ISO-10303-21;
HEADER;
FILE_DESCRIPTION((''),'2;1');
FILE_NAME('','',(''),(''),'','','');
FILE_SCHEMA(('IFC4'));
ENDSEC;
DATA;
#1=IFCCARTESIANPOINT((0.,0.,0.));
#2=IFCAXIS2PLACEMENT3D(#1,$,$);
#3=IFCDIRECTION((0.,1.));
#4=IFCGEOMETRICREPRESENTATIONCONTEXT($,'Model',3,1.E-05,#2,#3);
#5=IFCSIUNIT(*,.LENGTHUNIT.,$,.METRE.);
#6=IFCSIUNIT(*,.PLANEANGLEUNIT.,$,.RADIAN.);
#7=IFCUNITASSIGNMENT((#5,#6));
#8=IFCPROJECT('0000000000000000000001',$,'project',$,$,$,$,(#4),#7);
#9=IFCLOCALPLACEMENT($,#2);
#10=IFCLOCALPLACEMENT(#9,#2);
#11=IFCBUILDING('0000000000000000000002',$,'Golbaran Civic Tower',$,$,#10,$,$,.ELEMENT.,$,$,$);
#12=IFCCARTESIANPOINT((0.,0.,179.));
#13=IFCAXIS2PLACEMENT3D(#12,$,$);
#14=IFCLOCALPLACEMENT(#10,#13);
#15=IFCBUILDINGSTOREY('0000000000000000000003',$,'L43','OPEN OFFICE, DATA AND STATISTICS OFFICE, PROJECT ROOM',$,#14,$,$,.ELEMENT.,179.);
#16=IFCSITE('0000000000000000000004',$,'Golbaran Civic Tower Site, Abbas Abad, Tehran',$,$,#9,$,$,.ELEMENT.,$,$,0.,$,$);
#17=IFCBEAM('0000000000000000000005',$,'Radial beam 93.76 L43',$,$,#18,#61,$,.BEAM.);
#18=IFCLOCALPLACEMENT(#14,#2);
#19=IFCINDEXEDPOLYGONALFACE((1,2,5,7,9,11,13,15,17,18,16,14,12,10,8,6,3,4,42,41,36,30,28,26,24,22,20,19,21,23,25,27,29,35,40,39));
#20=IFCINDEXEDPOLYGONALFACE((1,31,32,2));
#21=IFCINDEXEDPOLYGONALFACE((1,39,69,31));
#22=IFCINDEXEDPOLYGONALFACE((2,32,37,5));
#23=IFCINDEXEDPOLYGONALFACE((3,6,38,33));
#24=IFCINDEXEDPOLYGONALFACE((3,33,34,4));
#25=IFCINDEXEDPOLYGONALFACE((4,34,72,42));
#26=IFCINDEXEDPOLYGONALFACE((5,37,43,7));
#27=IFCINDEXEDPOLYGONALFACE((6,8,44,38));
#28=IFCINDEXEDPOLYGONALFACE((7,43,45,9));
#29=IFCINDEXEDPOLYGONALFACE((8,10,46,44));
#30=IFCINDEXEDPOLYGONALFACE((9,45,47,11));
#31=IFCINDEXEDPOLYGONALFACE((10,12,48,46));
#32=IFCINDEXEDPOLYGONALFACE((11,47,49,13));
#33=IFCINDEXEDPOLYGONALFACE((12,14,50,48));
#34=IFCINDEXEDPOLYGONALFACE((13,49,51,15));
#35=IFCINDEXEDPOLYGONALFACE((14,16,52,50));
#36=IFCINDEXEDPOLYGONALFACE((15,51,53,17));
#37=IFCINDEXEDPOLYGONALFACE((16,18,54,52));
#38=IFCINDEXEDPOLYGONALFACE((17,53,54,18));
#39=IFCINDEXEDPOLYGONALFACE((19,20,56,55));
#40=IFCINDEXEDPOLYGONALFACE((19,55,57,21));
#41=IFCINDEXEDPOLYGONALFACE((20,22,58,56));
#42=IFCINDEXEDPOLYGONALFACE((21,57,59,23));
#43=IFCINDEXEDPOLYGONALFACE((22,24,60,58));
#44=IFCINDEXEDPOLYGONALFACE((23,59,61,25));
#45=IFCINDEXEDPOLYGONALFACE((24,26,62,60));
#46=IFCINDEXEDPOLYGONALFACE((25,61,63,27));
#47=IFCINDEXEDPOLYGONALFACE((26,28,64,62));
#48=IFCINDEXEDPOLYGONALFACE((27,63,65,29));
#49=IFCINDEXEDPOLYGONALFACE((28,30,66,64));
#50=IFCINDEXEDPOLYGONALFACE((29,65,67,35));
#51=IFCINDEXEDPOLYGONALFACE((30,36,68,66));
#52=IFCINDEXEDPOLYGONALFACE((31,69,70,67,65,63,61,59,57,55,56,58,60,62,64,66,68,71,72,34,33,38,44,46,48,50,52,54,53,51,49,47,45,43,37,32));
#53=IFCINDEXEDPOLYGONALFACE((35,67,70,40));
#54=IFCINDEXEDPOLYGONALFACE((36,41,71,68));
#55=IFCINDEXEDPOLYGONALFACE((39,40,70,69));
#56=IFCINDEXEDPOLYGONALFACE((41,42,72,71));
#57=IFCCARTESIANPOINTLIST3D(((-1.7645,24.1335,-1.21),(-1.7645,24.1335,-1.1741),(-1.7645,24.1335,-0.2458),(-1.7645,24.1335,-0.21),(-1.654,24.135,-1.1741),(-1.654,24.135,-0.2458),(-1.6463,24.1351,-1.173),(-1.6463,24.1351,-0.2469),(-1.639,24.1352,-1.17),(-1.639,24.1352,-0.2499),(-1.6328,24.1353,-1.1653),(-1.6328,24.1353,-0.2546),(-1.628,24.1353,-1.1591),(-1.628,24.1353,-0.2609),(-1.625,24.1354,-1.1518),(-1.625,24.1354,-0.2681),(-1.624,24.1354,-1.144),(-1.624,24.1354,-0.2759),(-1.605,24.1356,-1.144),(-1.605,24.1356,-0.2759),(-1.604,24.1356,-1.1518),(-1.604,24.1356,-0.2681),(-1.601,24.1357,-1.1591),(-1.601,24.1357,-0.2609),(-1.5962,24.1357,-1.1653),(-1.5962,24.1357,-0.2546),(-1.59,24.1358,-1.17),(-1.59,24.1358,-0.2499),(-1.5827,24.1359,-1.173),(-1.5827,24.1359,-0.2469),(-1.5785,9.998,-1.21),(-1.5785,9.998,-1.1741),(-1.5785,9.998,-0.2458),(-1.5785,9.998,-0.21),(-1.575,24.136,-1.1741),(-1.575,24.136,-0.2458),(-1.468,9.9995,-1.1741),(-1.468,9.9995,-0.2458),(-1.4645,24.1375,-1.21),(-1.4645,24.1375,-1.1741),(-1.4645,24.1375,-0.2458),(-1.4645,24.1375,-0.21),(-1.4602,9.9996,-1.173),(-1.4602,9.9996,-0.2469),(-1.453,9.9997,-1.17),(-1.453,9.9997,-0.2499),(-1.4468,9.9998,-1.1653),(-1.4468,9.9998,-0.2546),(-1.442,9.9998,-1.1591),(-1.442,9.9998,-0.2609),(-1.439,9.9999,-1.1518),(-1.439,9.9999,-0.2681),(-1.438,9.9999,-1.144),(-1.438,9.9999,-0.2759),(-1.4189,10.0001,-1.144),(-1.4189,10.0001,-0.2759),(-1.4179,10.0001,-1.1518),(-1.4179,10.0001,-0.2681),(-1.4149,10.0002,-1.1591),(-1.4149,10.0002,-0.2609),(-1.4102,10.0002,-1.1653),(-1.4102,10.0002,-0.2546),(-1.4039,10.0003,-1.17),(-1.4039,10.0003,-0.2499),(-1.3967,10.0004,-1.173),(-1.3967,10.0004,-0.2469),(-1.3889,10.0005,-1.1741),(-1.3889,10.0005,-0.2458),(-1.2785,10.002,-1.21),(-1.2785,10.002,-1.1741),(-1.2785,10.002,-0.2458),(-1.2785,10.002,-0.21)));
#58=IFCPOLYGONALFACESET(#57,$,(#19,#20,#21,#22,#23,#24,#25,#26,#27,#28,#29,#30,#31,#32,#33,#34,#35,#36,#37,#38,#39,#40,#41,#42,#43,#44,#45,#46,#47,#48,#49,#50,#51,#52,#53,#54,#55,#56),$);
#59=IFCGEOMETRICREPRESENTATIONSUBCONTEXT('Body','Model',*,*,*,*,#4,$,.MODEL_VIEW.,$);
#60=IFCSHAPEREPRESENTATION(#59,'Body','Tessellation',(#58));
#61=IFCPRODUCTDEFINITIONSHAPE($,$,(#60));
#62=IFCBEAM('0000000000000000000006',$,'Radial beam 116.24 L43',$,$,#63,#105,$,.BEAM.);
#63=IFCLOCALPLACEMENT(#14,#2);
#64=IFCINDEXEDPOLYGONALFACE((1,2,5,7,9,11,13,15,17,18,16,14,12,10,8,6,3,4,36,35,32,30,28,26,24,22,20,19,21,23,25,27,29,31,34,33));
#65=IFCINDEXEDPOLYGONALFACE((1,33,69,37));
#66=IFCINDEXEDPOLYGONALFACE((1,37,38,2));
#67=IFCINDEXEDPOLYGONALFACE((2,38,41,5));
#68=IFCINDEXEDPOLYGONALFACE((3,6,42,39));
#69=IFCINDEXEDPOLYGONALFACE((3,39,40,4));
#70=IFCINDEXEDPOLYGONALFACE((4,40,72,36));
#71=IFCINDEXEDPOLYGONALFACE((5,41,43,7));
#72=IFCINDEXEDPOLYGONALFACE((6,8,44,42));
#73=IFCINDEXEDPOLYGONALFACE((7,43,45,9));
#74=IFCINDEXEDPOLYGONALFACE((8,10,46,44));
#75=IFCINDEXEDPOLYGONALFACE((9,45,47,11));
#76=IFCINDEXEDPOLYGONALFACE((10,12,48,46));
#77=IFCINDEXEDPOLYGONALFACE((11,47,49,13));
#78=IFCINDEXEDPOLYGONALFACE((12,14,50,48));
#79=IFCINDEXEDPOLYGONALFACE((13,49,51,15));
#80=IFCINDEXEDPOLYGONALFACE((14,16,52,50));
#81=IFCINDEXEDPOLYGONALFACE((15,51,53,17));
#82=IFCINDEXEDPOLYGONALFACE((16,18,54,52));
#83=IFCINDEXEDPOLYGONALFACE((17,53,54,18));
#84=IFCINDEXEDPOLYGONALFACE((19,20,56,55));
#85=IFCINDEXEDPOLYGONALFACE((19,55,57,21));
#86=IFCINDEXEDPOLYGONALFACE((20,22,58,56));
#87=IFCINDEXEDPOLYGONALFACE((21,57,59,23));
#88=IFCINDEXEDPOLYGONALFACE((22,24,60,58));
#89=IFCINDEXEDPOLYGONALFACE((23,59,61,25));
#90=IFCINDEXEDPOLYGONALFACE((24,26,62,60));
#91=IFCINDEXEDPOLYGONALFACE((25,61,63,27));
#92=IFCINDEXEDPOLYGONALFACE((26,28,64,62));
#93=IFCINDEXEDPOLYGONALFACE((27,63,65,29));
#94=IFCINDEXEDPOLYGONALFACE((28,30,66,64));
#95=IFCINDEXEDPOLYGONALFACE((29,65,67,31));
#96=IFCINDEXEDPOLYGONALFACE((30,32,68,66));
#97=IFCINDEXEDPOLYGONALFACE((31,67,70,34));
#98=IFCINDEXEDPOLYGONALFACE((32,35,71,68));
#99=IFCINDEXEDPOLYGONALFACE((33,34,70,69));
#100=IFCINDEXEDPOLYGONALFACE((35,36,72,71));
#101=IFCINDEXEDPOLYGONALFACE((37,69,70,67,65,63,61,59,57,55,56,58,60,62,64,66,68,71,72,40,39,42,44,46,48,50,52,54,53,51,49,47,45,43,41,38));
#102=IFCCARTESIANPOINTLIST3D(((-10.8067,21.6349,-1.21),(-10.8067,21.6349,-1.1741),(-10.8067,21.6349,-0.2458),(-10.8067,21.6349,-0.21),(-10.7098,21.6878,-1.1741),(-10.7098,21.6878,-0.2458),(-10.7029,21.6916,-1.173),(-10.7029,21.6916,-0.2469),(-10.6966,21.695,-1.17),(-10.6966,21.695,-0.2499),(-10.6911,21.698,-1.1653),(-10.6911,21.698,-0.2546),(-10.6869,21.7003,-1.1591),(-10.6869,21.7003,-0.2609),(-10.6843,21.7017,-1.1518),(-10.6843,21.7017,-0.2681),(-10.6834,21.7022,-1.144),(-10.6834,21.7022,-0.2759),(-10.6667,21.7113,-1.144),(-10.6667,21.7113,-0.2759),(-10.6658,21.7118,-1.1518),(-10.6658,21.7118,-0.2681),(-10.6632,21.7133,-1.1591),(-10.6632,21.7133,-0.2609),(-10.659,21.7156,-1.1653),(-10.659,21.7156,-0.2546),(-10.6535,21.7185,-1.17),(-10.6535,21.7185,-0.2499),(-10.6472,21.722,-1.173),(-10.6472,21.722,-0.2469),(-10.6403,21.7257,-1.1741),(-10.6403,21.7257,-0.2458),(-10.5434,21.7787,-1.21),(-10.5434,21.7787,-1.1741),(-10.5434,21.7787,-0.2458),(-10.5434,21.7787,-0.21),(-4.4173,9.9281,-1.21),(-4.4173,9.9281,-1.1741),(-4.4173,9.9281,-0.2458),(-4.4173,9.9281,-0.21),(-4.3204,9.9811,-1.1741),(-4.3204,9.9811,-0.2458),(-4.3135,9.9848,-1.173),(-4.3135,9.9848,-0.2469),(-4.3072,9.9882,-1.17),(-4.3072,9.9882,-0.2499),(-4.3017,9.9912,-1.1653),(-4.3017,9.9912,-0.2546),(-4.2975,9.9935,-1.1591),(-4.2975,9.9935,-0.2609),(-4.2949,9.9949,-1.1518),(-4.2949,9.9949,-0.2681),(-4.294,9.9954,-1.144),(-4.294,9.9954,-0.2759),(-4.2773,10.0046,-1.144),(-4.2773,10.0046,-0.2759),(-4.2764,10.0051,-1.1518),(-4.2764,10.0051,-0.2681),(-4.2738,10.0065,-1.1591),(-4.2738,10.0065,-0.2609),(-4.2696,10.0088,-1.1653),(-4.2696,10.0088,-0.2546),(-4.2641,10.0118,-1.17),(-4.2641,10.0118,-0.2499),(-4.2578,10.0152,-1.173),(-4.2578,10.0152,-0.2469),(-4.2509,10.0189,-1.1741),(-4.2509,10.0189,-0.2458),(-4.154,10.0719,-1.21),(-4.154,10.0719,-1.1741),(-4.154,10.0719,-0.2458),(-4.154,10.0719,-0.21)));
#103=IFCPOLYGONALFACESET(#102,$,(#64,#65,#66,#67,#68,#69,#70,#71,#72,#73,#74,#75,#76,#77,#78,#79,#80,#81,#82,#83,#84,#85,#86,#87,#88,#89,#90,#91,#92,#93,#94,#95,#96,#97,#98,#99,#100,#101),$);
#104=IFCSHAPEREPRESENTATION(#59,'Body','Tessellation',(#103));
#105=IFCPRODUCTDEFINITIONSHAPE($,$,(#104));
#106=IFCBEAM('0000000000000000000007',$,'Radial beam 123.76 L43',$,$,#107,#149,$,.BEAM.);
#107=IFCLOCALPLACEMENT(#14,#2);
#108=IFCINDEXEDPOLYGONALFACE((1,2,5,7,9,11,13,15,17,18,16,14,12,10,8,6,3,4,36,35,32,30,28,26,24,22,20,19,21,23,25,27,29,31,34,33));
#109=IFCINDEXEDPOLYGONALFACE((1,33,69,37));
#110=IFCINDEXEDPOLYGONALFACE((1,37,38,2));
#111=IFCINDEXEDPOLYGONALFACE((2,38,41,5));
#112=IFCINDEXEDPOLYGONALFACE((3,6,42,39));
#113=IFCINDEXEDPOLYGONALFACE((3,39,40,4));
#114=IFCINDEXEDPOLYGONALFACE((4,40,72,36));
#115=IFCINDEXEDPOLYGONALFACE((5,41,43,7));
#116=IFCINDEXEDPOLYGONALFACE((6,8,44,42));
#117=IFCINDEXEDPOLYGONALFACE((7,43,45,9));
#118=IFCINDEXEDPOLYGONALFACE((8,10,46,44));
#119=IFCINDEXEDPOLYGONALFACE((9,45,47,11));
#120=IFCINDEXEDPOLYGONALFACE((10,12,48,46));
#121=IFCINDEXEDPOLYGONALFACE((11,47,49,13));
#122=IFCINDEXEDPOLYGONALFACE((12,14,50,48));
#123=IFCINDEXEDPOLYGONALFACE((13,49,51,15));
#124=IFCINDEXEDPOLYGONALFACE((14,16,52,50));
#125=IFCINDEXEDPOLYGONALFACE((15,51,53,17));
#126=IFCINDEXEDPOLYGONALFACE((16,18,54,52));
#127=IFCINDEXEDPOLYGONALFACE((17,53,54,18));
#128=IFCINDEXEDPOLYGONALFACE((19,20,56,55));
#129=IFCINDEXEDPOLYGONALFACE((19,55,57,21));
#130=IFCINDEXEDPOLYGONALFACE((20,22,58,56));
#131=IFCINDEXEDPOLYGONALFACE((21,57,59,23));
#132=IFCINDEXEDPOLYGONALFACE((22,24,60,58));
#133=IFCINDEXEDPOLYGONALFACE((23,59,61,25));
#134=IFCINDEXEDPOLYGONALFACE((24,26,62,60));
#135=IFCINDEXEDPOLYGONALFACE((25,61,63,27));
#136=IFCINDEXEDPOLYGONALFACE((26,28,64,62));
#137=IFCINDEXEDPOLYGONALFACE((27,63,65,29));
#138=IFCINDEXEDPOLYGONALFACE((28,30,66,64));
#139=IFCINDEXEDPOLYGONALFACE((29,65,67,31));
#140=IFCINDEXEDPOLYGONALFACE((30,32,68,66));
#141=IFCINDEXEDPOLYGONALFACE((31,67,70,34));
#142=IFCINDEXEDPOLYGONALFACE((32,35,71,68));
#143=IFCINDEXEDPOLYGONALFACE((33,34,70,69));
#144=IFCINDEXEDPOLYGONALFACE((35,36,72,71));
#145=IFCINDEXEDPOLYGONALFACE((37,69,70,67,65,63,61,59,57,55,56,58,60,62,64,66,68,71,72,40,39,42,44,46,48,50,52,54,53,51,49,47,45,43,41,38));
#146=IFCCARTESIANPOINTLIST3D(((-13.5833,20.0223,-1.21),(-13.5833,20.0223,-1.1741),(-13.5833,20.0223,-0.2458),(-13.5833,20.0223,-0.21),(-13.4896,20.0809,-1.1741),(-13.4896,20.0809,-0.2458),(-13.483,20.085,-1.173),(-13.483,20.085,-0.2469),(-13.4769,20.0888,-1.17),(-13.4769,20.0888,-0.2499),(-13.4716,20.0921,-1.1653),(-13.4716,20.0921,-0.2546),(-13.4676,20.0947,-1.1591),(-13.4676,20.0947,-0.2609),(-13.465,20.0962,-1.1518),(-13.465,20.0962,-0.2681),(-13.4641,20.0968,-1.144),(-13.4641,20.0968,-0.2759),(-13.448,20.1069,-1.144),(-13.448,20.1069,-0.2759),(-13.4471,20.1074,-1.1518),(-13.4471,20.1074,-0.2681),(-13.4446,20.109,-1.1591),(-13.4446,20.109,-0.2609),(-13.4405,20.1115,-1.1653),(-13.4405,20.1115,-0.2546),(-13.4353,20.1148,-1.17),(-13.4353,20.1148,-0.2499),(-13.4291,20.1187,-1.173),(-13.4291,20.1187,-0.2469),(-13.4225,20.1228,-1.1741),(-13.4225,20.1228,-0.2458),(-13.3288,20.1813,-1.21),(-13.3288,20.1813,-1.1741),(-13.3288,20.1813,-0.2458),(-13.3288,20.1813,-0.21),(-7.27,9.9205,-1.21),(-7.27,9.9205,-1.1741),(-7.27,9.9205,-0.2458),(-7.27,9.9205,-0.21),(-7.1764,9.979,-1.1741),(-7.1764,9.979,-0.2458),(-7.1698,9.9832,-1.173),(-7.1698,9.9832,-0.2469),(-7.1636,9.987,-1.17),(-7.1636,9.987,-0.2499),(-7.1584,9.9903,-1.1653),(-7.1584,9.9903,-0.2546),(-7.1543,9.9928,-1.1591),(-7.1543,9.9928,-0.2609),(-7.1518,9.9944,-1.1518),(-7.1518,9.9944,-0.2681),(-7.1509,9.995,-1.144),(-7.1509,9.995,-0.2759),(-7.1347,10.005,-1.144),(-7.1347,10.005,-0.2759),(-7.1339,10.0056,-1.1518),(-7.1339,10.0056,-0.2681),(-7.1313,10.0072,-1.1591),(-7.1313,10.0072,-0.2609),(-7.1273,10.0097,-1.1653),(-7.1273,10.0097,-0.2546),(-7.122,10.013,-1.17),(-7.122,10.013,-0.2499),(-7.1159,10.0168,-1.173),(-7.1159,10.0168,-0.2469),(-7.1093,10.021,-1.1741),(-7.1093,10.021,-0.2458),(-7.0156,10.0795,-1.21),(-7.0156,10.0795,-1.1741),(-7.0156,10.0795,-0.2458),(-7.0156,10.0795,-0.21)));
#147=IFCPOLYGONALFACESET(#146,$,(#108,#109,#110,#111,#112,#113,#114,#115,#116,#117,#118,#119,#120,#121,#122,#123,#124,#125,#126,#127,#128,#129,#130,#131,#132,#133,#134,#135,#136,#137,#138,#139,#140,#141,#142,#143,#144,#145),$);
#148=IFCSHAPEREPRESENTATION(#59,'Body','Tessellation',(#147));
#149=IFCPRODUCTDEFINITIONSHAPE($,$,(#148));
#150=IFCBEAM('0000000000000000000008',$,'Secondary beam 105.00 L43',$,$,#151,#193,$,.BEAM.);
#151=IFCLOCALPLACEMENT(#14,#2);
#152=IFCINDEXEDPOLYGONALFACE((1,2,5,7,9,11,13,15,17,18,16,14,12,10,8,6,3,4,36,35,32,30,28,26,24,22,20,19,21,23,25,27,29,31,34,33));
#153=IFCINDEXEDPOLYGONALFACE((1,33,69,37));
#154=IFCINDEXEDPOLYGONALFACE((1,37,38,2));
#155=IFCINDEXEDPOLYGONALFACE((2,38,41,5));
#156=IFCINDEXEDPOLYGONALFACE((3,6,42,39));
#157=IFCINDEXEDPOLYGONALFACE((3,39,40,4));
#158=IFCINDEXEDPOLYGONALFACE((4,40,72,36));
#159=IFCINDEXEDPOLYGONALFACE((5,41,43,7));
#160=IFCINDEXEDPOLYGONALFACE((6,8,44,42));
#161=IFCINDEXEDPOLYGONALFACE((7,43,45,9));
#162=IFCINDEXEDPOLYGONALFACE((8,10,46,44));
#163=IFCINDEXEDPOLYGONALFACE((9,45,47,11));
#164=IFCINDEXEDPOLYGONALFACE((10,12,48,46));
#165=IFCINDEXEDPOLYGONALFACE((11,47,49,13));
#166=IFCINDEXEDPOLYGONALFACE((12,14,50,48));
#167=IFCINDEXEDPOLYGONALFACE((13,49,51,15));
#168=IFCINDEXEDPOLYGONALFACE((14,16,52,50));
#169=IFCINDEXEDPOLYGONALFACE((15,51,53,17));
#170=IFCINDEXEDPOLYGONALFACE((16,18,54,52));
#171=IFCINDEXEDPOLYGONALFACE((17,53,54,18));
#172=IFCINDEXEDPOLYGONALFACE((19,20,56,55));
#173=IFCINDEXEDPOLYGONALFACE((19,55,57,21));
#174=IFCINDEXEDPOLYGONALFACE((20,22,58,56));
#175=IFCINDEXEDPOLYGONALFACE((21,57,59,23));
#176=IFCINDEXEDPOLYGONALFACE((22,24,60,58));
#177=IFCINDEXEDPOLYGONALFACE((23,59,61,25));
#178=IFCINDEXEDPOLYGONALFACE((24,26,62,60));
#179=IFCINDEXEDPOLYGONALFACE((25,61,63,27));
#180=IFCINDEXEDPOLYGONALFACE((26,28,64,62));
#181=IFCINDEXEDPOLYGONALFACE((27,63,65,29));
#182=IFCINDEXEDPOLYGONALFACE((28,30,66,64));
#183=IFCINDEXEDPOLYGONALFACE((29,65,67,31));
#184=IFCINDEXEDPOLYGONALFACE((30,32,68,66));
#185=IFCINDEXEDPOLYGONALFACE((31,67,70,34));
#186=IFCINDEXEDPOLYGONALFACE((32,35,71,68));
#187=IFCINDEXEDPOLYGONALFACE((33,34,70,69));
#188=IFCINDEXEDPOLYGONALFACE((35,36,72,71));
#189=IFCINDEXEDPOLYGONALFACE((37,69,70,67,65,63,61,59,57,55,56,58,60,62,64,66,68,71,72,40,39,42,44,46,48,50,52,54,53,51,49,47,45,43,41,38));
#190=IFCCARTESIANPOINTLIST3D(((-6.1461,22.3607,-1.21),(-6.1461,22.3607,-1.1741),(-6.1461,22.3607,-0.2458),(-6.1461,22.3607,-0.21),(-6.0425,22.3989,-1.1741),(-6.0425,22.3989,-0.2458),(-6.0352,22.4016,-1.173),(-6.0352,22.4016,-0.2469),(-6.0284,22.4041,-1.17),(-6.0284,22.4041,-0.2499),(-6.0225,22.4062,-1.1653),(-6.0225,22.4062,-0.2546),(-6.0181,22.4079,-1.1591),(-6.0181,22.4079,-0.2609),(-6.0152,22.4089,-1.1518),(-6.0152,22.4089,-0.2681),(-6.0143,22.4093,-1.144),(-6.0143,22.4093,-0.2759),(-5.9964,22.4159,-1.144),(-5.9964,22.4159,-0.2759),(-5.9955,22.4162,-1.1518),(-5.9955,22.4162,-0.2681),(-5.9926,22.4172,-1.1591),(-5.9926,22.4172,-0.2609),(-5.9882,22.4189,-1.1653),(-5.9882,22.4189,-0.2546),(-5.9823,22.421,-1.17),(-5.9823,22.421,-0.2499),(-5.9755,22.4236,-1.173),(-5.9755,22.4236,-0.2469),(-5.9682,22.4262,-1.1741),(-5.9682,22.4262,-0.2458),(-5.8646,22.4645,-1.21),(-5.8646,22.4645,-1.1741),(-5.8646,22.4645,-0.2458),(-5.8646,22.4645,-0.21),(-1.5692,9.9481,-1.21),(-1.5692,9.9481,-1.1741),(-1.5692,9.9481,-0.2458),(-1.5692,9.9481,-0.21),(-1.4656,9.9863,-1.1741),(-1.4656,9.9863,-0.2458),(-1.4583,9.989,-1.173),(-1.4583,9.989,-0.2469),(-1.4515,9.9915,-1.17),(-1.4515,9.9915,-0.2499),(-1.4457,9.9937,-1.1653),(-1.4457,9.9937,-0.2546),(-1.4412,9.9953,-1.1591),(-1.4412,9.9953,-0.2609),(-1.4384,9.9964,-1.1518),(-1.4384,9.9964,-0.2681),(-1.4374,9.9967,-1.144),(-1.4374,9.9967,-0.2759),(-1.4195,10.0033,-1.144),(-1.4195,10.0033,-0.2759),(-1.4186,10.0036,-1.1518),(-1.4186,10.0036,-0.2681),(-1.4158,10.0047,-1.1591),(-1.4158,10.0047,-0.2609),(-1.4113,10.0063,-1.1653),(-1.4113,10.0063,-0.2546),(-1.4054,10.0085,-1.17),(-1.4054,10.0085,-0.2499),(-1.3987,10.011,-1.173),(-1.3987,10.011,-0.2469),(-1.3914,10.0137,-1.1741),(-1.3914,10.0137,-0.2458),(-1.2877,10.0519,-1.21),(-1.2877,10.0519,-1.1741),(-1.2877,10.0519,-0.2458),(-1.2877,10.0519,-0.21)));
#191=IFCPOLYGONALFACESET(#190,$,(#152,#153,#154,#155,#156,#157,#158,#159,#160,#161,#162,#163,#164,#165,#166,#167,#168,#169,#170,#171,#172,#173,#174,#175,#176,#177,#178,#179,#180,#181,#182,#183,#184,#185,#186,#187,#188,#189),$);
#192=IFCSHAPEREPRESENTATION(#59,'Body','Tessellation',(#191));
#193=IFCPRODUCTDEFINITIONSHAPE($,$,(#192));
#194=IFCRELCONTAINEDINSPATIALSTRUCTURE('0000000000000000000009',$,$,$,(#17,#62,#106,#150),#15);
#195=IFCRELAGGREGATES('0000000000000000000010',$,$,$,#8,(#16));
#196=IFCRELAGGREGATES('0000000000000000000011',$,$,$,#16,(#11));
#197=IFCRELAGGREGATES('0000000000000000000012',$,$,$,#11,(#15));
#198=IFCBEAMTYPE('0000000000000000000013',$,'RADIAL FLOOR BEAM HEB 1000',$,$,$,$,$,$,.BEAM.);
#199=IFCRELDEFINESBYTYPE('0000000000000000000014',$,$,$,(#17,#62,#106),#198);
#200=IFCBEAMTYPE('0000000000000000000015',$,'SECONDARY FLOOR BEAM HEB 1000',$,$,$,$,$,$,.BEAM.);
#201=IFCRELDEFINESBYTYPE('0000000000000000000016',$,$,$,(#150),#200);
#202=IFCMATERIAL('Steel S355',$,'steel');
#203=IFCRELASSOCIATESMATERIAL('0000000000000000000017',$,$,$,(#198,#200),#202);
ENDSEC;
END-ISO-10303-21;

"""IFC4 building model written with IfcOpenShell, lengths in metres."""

from ifc_helpers import new_model, si_unit, direction, frame, origin, origin_2d, place, context, subcontext, project, spatial, i_section, extrude, material, material_profile, profile_set, type_object, element, save


model = new_model("IFC4")

# Units and contexts
model_context = context("Model", 3, precision=1e-05, world=origin(), true_north=direction((0.0, 1.0)))
body_context = subcontext(model_context, "Body", "Model", "MODEL_VIEW")
ifc_project = project(units=[si_unit("LENGTHUNIT", "METRE"), si_unit("PLANEANGLEUNIT", "RADIAN")], contexts=[model_context])

# Site, building, storey
site_placement = place(None, origin())
site = spatial("IfcSite", under=ifc_project, at=site_placement, Name="Golbaran Civic Tower Site, Abbas Abad, Tehran", CompositionType="ELEMENT", RefElevation=0.0)
building_placement = place(site_placement, origin())
building = spatial("IfcBuilding", under=site, at=building_placement, Name="Golbaran Civic Tower", CompositionType="ELEMENT")
storey_placement = place(building_placement, frame((0.0, 0.0, 179.0)))
storey = spatial("IfcBuildingStorey", under=building, at=storey_placement, Name="L43", Description="OPEN OFFICE, DATA AND STATISTICS OFFICE, PROJECT ROOM", CompositionType="ELEMENT", Elevation=179.0)

# Beams
ifc_material_1 = material(Name="Steel S355", Category="steel")
ifc_material_profile_1 = material_profile(ifc_material_1, i_section(OverallWidth=0.3, OverallDepth=1.0, WebThickness=0.019, FlangeThickness=0.0359, FilletRadius=0.03, at=origin_2d()), Name="HEB 1000")
ifc_profile_set_1 = profile_set([ifc_material_profile_1], Name="Steel S355")
beam_type_1 = type_object("IfcBeamType", Name="RADIAL FLOOR BEAM HEB 1000", PredefinedType="BEAM", material=ifc_profile_set_1)
beam_1_placement = place(storey_placement, frame((-1.4285, 10.0, -0.71), z_axis=(-0.01316, 0.999913, 0.0), x_axis=(-0.999913, -0.01316, 0.0)))
element("IfcBeam", 1, at=beam_1_placement, inside=storey, type_object=beam_type_1, Name="Radial beam 93.76 L43", PredefinedType="BEAM", context=body_context, shape_type="SweptSolid", body=[
    extrude(i_section(OverallWidth=0.3, OverallDepth=1.0, WebThickness=0.019, FlangeThickness=0.0359, FilletRadius=0.03, at=origin_2d()), origin(), (0.0, 0.0, 1.0), 14.1367),
])
beam_2_placement = place(storey_placement, frame((-4.2856, 10.0, -0.71), z_axis=(-0.479077, 0.877773, 0.0), x_axis=(-0.877773, -0.479077, 0.0)))
element("IfcBeam", 2, at=beam_2_placement, inside=storey, type_object=beam_type_1, Name="Radial beam 116.24 L43", PredefinedType="BEAM", context=body_context, shape_type="SweptSolid", body=[
    extrude(i_section(OverallWidth=0.3, OverallDepth=1.0, WebThickness=0.019, FlangeThickness=0.0359, FilletRadius=0.03, at=origin_2d()), origin(), (0.0, 0.0, 1.0), 13.3369),
])
beam_3_placement = place(storey_placement, frame((-7.1428, 10.0, -0.71), z_axis=(-0.529975, 0.848013, 0.0), x_axis=(-0.848013, -0.529975, 0.0)))
element("IfcBeam", 3, at=beam_3_placement, inside=storey, type_object=beam_type_1, Name="Radial beam 123.76 L43", PredefinedType="BEAM", context=body_context, shape_type="SweptSolid", body=[
    extrude(i_section(OverallWidth=0.3, OverallDepth=1.0, WebThickness=0.019, FlangeThickness=0.0359, FilletRadius=0.03, at=origin_2d()), origin(), (0.0, 0.0, 1.0), 11.9124),
])
ifc_material_profile_2 = material_profile(ifc_material_1, i_section(OverallWidth=0.3, OverallDepth=1.0, WebThickness=0.019, FlangeThickness=0.0359, FilletRadius=0.03, at=origin_2d()), Name="HEB 1000")
ifc_profile_set_2 = profile_set([ifc_material_profile_2], Name="Steel S355")
beam_type_2 = type_object("IfcBeamType", Name="SECONDARY FLOOR BEAM HEB 1000", PredefinedType="BEAM", material=ifc_profile_set_2)
beam_4_placement = place(storey_placement, frame((-1.4285, 10.0, -0.71), z_axis=(-0.345961, 0.938249, 0.0), x_axis=(-0.938249, -0.345961, 0.0)))
element("IfcBeam", 4, at=beam_4_placement, inside=storey, type_object=beam_type_2, Name="Secondary beam 105.00 L43", PredefinedType="BEAM", context=body_context, shape_type="SweptSolid", body=[
    extrude(i_section(OverallWidth=0.3, OverallDepth=1.0, WebThickness=0.019, FlangeThickness=0.0359, FilletRadius=0.03, at=origin_2d()), origin(), (0.0, 0.0, 1.0), 13.2295),
])

save(model, "model.ifc")
